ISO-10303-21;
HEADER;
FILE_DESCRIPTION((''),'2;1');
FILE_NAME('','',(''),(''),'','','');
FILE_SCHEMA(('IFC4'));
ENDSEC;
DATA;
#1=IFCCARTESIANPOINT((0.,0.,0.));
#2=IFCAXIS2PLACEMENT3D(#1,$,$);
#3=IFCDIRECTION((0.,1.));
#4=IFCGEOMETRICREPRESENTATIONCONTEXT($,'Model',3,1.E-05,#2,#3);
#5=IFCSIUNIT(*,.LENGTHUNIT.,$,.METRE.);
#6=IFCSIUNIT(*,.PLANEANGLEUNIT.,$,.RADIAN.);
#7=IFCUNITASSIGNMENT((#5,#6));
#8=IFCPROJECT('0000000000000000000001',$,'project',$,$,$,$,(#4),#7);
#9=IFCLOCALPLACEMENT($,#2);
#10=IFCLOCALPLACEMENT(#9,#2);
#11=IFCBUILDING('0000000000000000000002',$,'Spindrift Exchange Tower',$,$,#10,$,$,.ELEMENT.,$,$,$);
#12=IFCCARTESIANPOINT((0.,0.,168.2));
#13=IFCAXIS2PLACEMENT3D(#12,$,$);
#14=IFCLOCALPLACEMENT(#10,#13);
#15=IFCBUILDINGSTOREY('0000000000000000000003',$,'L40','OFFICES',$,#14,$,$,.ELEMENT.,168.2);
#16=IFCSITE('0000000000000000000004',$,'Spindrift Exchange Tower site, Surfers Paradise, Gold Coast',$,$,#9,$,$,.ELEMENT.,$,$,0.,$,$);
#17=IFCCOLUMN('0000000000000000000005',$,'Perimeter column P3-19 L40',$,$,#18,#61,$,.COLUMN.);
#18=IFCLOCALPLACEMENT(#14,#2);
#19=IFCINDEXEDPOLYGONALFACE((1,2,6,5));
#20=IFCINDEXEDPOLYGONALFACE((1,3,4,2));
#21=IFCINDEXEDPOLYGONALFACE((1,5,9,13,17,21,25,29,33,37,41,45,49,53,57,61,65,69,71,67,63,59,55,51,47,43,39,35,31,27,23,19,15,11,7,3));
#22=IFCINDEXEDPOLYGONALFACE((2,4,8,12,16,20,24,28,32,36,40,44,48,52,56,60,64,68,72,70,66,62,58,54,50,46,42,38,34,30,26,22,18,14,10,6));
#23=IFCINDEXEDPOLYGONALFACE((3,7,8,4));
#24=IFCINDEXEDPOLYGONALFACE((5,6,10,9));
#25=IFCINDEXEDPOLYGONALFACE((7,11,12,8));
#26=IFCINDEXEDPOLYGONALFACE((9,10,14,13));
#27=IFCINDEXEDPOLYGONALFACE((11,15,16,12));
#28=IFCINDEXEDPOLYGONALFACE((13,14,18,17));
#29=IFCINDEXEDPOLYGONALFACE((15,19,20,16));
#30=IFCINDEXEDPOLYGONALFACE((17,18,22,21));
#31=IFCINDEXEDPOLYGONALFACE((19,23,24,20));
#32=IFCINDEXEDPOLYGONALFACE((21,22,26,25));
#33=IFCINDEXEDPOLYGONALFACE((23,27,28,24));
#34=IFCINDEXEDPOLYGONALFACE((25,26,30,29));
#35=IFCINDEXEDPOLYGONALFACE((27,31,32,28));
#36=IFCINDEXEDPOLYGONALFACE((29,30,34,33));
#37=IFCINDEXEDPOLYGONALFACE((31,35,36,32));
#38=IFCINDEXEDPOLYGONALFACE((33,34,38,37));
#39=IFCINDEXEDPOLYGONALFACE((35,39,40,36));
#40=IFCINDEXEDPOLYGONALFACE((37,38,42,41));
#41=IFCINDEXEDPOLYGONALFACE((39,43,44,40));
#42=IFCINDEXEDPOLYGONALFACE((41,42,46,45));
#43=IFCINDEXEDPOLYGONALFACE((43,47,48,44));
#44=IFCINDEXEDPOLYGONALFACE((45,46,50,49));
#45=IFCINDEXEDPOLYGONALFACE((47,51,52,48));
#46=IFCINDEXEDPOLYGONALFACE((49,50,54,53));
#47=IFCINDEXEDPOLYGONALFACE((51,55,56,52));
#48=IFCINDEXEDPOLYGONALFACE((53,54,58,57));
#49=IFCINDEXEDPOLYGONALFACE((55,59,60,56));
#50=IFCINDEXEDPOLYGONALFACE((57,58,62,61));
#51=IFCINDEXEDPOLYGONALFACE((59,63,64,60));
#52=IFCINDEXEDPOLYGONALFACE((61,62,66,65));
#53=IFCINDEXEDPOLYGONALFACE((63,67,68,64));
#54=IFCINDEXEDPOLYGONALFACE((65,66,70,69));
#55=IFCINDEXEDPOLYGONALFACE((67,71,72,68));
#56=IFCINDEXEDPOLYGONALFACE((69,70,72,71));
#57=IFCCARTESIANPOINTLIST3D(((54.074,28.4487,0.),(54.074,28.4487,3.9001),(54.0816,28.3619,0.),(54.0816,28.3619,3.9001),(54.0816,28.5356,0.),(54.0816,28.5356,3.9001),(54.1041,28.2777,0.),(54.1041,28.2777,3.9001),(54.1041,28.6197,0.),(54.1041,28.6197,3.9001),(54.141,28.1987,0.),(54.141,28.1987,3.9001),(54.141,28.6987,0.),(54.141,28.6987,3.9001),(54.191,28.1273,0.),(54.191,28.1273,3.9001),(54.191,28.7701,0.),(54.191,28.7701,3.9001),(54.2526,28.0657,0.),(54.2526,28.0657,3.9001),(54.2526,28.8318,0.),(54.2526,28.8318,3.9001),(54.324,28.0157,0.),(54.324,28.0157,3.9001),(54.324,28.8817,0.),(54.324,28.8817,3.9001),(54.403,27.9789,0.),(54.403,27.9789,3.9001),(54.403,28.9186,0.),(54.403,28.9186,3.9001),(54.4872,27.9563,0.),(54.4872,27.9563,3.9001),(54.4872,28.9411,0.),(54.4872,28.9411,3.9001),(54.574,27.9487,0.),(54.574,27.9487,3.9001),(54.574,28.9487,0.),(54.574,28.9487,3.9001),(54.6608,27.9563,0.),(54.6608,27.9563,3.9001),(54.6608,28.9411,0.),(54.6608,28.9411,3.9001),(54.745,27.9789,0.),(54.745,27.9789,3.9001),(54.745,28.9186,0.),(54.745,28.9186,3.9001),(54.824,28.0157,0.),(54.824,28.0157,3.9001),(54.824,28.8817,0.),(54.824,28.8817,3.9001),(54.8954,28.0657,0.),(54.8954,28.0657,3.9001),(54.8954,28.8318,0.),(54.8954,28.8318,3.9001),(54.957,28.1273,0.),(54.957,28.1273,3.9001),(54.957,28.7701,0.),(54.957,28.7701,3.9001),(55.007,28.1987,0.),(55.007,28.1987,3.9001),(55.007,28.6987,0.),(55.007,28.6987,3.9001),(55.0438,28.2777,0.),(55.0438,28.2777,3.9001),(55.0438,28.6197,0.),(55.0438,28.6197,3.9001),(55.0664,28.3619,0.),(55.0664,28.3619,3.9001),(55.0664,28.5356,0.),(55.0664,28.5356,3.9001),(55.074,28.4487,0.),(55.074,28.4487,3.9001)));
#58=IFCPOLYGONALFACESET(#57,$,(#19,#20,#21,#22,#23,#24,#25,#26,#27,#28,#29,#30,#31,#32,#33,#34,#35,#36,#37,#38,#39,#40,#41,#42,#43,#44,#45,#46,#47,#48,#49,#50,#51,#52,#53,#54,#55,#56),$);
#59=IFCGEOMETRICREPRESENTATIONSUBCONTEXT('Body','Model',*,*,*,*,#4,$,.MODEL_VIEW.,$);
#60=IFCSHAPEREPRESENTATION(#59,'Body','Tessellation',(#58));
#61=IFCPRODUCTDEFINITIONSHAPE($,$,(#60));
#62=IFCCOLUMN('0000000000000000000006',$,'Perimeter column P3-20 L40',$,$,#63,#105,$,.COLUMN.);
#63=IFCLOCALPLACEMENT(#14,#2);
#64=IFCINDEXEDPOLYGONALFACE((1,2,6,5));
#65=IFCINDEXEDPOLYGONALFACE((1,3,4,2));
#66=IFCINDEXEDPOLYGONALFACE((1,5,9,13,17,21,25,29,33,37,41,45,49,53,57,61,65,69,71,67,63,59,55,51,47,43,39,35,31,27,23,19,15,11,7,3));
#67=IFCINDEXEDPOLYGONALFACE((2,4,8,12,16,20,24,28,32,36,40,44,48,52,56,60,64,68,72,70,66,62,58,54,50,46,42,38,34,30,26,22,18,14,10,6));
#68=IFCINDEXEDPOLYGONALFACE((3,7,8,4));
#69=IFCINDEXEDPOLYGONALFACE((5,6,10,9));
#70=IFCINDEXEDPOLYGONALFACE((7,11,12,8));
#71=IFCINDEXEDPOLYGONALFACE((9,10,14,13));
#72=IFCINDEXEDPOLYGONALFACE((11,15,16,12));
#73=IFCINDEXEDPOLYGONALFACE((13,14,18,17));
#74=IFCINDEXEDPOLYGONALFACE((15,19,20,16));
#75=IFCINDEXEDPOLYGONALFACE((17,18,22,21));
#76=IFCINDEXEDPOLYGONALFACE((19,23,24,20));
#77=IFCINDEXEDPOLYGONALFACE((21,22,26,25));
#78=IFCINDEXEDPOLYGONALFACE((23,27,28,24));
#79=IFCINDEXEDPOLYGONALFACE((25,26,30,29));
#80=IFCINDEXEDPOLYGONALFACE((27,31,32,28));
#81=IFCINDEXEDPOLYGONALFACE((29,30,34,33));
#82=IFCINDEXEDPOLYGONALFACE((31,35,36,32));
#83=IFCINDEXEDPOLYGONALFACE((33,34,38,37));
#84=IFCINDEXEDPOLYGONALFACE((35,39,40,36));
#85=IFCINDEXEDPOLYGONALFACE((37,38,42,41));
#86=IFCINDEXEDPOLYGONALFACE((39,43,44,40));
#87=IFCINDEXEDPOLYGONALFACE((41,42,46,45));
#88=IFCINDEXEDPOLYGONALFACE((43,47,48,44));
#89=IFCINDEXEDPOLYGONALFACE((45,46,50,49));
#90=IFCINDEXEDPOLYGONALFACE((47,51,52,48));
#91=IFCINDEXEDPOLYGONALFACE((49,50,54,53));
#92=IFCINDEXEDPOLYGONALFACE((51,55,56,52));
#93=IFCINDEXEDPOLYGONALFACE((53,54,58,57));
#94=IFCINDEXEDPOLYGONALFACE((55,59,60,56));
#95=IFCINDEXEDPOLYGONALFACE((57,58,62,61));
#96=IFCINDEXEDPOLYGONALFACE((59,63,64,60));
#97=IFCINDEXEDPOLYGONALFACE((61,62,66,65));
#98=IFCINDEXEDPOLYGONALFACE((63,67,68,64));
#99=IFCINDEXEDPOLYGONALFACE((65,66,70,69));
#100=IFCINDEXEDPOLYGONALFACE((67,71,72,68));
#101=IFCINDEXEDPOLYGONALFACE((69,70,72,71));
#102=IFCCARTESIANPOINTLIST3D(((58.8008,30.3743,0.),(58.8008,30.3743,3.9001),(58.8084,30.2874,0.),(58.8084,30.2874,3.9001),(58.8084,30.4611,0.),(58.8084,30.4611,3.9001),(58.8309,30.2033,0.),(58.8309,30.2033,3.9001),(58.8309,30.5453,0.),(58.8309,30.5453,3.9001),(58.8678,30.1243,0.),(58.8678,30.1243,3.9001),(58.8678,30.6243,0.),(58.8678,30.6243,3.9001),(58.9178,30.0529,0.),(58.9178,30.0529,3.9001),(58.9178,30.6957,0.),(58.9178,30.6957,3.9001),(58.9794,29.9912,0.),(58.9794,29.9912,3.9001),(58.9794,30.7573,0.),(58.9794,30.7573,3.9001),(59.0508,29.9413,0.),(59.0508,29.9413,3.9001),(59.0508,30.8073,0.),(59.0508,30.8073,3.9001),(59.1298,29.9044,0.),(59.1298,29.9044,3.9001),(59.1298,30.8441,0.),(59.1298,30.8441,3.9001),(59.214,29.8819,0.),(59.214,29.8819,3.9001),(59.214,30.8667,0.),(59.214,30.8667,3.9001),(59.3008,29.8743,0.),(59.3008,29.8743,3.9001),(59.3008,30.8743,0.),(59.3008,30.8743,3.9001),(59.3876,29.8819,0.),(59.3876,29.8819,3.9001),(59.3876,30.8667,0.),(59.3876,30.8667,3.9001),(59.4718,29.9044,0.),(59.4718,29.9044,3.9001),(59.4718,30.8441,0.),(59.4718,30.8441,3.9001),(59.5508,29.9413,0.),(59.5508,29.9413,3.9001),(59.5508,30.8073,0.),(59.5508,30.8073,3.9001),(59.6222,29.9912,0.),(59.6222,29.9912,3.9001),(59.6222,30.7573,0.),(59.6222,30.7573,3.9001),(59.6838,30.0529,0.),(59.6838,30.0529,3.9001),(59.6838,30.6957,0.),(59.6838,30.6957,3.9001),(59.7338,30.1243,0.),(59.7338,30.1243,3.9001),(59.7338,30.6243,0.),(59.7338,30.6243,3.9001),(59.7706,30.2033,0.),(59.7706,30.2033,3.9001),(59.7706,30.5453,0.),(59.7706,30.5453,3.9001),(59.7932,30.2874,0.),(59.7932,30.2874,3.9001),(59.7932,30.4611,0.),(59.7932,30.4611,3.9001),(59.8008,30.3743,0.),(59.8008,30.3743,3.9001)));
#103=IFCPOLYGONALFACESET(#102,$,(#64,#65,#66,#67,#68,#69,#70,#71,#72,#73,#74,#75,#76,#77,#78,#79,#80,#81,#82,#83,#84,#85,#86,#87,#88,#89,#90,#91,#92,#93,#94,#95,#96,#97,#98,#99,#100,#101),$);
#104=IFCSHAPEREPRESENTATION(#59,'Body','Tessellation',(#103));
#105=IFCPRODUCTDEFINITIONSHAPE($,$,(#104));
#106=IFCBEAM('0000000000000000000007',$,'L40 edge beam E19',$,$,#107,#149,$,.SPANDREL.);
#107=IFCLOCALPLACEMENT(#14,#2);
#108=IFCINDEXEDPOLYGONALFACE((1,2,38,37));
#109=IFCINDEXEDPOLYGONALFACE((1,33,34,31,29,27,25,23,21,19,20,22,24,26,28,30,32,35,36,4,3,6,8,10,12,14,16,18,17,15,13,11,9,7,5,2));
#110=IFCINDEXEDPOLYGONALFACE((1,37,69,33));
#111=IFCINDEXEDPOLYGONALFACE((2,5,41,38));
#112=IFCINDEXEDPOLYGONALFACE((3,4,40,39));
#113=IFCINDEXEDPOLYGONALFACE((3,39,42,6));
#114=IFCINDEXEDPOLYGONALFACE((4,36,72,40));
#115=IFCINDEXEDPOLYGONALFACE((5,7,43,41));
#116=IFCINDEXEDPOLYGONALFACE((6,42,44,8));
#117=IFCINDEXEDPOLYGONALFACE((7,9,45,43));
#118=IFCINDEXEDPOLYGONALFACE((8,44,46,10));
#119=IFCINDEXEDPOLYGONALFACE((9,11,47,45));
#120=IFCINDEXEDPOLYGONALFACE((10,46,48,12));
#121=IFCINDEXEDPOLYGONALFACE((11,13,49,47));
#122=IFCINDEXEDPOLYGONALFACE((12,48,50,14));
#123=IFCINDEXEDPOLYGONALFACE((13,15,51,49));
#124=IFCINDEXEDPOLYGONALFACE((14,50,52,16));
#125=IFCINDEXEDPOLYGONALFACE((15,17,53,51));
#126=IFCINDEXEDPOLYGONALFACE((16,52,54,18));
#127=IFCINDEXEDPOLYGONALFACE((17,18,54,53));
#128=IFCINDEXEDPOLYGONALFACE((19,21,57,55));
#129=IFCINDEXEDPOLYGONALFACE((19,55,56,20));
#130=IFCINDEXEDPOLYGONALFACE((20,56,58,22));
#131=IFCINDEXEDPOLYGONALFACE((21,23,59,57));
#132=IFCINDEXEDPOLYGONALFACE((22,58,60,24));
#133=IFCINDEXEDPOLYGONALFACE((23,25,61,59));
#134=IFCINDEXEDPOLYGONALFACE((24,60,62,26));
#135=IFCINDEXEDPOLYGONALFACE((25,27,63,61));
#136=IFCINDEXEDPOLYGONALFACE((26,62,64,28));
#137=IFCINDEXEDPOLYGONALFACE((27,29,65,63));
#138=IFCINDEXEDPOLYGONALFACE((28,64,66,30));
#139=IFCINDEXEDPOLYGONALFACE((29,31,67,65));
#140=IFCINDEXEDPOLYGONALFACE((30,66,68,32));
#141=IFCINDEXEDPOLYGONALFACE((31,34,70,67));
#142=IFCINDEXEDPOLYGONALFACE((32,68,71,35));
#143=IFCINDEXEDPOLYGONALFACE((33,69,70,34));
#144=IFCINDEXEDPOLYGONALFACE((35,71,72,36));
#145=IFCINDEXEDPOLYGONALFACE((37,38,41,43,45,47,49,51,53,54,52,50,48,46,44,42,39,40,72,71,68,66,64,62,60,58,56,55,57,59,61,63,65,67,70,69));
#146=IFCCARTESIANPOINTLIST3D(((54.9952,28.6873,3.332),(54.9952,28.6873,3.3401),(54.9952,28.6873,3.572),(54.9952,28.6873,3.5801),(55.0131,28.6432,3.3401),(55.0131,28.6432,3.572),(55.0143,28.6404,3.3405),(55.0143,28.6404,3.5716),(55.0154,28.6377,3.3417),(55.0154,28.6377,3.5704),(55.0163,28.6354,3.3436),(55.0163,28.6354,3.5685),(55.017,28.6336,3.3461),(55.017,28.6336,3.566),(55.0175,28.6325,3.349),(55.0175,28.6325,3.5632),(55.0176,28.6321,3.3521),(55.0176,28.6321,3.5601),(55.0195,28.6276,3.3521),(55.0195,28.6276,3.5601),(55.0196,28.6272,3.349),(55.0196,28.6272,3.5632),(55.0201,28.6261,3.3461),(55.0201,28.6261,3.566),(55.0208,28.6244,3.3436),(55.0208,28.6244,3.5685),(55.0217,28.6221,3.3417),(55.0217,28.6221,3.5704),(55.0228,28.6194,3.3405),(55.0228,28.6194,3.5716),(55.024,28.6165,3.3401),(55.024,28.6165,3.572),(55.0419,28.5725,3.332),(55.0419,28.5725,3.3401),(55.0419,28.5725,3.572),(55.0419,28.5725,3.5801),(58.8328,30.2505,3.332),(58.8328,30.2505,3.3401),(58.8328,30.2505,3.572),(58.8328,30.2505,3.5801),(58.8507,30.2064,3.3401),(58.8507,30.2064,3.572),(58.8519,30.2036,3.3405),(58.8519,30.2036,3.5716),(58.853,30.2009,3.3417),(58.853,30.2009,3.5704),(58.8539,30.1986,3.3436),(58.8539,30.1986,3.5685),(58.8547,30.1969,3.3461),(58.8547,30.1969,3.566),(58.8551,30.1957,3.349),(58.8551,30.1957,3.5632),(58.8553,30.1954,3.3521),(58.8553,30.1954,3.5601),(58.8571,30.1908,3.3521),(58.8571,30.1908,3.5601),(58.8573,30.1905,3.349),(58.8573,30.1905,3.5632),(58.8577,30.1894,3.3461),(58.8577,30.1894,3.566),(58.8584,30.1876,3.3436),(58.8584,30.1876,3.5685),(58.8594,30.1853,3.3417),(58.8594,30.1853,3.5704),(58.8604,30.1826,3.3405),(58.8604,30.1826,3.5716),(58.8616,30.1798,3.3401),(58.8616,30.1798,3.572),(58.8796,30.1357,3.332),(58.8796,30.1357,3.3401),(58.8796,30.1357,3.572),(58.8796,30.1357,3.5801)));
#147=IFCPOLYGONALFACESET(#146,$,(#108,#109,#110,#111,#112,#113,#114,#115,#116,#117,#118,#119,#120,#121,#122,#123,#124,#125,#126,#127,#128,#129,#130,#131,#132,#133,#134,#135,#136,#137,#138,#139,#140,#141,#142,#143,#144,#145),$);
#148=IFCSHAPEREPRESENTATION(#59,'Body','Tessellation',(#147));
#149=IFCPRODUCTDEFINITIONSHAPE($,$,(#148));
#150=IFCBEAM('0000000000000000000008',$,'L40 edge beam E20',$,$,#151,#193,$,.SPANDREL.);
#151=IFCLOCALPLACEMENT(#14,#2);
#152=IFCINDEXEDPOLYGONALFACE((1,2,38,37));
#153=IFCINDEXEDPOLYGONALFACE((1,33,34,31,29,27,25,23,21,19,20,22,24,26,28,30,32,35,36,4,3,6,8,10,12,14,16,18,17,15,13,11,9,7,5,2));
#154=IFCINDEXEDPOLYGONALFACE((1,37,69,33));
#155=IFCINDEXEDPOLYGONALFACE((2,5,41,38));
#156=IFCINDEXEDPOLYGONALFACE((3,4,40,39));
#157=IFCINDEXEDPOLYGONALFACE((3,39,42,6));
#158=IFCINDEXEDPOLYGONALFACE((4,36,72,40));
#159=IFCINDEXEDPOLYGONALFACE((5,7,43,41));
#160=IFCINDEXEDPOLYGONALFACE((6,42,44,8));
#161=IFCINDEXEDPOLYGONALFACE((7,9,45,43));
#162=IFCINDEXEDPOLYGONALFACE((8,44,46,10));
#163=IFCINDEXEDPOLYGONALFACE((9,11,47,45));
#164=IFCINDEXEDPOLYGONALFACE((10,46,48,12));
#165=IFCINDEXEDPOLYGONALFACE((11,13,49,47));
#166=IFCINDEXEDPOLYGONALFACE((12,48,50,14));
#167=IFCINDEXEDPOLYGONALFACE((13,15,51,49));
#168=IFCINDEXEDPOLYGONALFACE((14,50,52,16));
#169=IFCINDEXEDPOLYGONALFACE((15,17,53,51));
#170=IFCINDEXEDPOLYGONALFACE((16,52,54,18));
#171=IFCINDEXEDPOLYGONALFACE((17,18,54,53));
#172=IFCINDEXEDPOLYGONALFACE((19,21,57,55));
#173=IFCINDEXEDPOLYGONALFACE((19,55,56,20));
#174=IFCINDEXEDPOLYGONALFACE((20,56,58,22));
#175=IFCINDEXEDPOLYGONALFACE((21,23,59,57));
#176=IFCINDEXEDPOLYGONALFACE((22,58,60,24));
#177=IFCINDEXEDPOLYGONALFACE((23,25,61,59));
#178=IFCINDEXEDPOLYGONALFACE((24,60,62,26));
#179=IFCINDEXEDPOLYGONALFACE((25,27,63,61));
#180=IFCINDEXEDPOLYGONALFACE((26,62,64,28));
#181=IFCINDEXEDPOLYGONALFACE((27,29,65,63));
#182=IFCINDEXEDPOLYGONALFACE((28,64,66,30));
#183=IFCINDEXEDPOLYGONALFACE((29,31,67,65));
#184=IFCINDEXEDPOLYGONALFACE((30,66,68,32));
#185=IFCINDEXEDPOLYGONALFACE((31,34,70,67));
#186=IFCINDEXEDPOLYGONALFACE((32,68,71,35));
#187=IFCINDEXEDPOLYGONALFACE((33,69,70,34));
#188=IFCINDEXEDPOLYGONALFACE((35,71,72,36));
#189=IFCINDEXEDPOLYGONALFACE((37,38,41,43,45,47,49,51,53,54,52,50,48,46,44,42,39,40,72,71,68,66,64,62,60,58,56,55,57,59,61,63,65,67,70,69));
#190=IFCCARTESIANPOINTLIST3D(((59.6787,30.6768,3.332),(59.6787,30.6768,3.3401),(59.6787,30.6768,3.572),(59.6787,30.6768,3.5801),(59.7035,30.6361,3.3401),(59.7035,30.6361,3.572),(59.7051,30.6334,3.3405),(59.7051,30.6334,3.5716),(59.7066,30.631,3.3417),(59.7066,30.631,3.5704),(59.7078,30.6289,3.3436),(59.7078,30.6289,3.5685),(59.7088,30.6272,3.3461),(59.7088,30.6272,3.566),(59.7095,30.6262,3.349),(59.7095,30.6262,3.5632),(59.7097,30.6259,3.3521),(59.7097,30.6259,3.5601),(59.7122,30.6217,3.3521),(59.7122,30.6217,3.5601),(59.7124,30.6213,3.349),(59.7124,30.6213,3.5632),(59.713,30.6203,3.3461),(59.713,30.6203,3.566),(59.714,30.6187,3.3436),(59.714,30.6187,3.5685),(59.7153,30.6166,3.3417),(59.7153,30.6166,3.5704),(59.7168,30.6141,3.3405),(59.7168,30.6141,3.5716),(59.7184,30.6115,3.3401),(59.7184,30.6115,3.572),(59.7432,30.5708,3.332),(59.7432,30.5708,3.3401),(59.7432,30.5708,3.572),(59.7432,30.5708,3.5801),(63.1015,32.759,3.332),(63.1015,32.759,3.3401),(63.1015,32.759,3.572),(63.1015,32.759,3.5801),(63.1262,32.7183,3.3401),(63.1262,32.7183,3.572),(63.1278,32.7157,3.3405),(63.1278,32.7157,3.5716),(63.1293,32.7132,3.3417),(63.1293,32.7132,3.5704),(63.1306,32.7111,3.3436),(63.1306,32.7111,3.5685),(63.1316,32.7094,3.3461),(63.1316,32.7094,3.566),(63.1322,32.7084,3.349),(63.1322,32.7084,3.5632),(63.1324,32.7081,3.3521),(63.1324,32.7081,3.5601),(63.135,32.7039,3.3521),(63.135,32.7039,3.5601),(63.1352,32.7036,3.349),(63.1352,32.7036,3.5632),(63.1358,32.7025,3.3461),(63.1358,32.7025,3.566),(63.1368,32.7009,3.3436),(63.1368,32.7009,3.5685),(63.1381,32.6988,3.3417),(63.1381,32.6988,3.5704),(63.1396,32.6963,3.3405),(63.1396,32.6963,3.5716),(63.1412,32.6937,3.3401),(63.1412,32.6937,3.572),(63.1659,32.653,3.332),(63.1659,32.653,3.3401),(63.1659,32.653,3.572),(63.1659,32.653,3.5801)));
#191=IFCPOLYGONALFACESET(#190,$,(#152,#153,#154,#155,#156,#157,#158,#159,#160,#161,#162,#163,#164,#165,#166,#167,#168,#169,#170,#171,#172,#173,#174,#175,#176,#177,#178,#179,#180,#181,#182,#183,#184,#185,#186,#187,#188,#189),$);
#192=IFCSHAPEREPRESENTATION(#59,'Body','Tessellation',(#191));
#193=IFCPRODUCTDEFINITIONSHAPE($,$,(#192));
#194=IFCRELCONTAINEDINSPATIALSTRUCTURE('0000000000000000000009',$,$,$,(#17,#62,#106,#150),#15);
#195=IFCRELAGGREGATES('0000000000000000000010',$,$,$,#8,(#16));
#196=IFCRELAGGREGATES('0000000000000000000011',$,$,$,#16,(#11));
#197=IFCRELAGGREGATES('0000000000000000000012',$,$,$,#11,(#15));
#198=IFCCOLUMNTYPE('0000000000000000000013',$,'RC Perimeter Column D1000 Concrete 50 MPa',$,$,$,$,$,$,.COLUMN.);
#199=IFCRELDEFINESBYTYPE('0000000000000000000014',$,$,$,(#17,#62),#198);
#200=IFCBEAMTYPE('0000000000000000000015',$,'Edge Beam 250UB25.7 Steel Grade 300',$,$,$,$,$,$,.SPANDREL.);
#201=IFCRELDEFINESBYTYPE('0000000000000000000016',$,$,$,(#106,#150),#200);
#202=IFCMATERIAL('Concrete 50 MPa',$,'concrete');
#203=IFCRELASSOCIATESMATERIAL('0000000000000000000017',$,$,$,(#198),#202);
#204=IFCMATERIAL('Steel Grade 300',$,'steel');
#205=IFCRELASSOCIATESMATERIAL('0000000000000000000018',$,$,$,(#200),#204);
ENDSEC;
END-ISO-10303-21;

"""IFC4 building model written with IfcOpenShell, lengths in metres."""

from ifc_helpers import new_model, si_unit, direction, frame, origin, origin_2d, place, context, subcontext, project, spatial, circle, i_section, extrude, source, transform, mapped, material, material_profile, profile_set, type_object, element, save


model = new_model("IFC4")

# Units and contexts
model_context = context("Model", 3, precision=1e-05, world=origin(), true_north=direction((0.0, 1.0)))
body_context = subcontext(model_context, "Body", "Model", "MODEL_VIEW")
ifc_project = project(units=[si_unit("LENGTHUNIT", "METRE"), si_unit("PLANEANGLEUNIT", "RADIAN")], contexts=[model_context])

# Site, building, storey
site_placement = place(None, origin())
site = spatial("IfcSite", under=ifc_project, at=site_placement, Name="Spindrift Exchange Tower site, Surfers Paradise, Gold Coast", CompositionType="ELEMENT", RefElevation=0.0)
building_placement = place(site_placement, origin())
building = spatial("IfcBuilding", under=site, at=building_placement, Name="Spindrift Exchange Tower", CompositionType="ELEMENT")
storey_placement = place(building_placement, frame((0.0, 0.0, 168.2)))
storey = spatial("IfcBuildingStorey", under=building, at=storey_placement, Name="L40", Description="OFFICES", CompositionType="ELEMENT", Elevation=168.2)

# Columns
ifc_material_1 = material(Name="Concrete 50 MPa", Category="concrete")
ifc_material_profile_1 = material_profile(ifc_material_1, circle(Radius=0.5, at=origin_2d()), Name="RC D1000")
ifc_profile_set_1 = profile_set([ifc_material_profile_1], Name="Concrete 50 MPa")
column_type = type_object("IfcColumnType", Name="RC Perimeter Column D1000 Concrete 50 MPa", PredefinedType="COLUMN", material=ifc_profile_set_1)
shared_shape_1 = source(origin(), body_context, "Body", "SweptSolid", [
    extrude(circle(Radius=0.5, at=origin_2d()), origin(), (0.0, 0.0, 1.0), 3.9001),
])
for number, where, z_axis, x_axis, name in (
    (1, (54.574, 28.4487, 0.0), (0.0, 0.0, 1.0), (1.0, 0.0, 0.0), "Perimeter column P3-19 L40"),
    (2, (59.3008, 30.3743, 0.0), (0.0, 0.0, 1.0), (1.0, 0.0, 0.0), "Perimeter column P3-20 L40"),
):
    element("IfcColumn", number, at=place(storey_placement, frame(where, z_axis=z_axis, x_axis=x_axis)), inside=storey, type_object=column_type, Name=name, PredefinedType="COLUMN", context=body_context, shape_type="MappedRepresentation", body=[
        mapped(shared_shape_1, transform((0.0, 0.0, 0.0), scale=1.0)),
    ])

# Beams
ifc_material_2 = material(Name="Steel Grade 300", Category="steel")
ifc_material_profile_2 = material_profile(ifc_material_2, i_section(OverallWidth=0.124, OverallDepth=0.248, WebThickness=0.0049, FlangeThickness=0.0081, FilletRadius=0.012, at=origin_2d()), Name="250UB25.7")
ifc_profile_set_2 = profile_set([ifc_material_profile_2], Name="Steel Grade 300")
beam_type_1 = type_object("IfcBeamType", Name="Edge Beam 250UB25.7 Steel Grade 300", PredefinedType="SPANDREL", material=ifc_profile_set_2)
shared_shape_2 = source(origin(), body_context, "Body", "SweptSolid", [
    extrude(i_section(OverallWidth=0.124, OverallDepth=0.248, WebThickness=0.0049, FlangeThickness=0.0081, FilletRadius=0.012, at=origin_2d()), origin(), (0.0, 0.0, 1.0), 4.1438),
])
beam_1_placement = place(storey_placement, frame((55.0186, 28.6299, 3.4561), z_axis=(0.926114, 0.377244, 0.0), x_axis=(-0.377244, 0.926114, 0.0)))
element("IfcBeam", 3, at=beam_1_placement, inside=storey, type_object=beam_type_1, Name="L40 edge beam E19", PredefinedType="SPANDREL", context=body_context, shape_type="MappedRepresentation", body=[
    mapped(shared_shape_2, transform((0.0, 0.0, 0.0), scale=1.0)),
])
shared_shape_3 = source(origin(), body_context, "Body", "SweptSolid", [
    extrude(i_section(OverallWidth=0.124, OverallDepth=0.248, WebThickness=0.0049, FlangeThickness=0.0081, FilletRadius=0.012, at=origin_2d()), origin(), (0.0, 0.0, 1.0), 4.0063),
])
beam_2_placement = place(storey_placement, frame((59.7109, 30.6238, 3.4561), z_axis=(0.854331, 0.519728, 0.0), x_axis=(-0.519728, 0.854331, 0.0)))
element("IfcBeam", 4, at=beam_2_placement, inside=storey, type_object=beam_type_1, Name="L40 edge beam E20", PredefinedType="SPANDREL", context=body_context, shape_type="MappedRepresentation", body=[
    mapped(shared_shape_3, transform((0.0, 0.0, 0.0), scale=1.0)),
])

save(model, "model.ifc")
